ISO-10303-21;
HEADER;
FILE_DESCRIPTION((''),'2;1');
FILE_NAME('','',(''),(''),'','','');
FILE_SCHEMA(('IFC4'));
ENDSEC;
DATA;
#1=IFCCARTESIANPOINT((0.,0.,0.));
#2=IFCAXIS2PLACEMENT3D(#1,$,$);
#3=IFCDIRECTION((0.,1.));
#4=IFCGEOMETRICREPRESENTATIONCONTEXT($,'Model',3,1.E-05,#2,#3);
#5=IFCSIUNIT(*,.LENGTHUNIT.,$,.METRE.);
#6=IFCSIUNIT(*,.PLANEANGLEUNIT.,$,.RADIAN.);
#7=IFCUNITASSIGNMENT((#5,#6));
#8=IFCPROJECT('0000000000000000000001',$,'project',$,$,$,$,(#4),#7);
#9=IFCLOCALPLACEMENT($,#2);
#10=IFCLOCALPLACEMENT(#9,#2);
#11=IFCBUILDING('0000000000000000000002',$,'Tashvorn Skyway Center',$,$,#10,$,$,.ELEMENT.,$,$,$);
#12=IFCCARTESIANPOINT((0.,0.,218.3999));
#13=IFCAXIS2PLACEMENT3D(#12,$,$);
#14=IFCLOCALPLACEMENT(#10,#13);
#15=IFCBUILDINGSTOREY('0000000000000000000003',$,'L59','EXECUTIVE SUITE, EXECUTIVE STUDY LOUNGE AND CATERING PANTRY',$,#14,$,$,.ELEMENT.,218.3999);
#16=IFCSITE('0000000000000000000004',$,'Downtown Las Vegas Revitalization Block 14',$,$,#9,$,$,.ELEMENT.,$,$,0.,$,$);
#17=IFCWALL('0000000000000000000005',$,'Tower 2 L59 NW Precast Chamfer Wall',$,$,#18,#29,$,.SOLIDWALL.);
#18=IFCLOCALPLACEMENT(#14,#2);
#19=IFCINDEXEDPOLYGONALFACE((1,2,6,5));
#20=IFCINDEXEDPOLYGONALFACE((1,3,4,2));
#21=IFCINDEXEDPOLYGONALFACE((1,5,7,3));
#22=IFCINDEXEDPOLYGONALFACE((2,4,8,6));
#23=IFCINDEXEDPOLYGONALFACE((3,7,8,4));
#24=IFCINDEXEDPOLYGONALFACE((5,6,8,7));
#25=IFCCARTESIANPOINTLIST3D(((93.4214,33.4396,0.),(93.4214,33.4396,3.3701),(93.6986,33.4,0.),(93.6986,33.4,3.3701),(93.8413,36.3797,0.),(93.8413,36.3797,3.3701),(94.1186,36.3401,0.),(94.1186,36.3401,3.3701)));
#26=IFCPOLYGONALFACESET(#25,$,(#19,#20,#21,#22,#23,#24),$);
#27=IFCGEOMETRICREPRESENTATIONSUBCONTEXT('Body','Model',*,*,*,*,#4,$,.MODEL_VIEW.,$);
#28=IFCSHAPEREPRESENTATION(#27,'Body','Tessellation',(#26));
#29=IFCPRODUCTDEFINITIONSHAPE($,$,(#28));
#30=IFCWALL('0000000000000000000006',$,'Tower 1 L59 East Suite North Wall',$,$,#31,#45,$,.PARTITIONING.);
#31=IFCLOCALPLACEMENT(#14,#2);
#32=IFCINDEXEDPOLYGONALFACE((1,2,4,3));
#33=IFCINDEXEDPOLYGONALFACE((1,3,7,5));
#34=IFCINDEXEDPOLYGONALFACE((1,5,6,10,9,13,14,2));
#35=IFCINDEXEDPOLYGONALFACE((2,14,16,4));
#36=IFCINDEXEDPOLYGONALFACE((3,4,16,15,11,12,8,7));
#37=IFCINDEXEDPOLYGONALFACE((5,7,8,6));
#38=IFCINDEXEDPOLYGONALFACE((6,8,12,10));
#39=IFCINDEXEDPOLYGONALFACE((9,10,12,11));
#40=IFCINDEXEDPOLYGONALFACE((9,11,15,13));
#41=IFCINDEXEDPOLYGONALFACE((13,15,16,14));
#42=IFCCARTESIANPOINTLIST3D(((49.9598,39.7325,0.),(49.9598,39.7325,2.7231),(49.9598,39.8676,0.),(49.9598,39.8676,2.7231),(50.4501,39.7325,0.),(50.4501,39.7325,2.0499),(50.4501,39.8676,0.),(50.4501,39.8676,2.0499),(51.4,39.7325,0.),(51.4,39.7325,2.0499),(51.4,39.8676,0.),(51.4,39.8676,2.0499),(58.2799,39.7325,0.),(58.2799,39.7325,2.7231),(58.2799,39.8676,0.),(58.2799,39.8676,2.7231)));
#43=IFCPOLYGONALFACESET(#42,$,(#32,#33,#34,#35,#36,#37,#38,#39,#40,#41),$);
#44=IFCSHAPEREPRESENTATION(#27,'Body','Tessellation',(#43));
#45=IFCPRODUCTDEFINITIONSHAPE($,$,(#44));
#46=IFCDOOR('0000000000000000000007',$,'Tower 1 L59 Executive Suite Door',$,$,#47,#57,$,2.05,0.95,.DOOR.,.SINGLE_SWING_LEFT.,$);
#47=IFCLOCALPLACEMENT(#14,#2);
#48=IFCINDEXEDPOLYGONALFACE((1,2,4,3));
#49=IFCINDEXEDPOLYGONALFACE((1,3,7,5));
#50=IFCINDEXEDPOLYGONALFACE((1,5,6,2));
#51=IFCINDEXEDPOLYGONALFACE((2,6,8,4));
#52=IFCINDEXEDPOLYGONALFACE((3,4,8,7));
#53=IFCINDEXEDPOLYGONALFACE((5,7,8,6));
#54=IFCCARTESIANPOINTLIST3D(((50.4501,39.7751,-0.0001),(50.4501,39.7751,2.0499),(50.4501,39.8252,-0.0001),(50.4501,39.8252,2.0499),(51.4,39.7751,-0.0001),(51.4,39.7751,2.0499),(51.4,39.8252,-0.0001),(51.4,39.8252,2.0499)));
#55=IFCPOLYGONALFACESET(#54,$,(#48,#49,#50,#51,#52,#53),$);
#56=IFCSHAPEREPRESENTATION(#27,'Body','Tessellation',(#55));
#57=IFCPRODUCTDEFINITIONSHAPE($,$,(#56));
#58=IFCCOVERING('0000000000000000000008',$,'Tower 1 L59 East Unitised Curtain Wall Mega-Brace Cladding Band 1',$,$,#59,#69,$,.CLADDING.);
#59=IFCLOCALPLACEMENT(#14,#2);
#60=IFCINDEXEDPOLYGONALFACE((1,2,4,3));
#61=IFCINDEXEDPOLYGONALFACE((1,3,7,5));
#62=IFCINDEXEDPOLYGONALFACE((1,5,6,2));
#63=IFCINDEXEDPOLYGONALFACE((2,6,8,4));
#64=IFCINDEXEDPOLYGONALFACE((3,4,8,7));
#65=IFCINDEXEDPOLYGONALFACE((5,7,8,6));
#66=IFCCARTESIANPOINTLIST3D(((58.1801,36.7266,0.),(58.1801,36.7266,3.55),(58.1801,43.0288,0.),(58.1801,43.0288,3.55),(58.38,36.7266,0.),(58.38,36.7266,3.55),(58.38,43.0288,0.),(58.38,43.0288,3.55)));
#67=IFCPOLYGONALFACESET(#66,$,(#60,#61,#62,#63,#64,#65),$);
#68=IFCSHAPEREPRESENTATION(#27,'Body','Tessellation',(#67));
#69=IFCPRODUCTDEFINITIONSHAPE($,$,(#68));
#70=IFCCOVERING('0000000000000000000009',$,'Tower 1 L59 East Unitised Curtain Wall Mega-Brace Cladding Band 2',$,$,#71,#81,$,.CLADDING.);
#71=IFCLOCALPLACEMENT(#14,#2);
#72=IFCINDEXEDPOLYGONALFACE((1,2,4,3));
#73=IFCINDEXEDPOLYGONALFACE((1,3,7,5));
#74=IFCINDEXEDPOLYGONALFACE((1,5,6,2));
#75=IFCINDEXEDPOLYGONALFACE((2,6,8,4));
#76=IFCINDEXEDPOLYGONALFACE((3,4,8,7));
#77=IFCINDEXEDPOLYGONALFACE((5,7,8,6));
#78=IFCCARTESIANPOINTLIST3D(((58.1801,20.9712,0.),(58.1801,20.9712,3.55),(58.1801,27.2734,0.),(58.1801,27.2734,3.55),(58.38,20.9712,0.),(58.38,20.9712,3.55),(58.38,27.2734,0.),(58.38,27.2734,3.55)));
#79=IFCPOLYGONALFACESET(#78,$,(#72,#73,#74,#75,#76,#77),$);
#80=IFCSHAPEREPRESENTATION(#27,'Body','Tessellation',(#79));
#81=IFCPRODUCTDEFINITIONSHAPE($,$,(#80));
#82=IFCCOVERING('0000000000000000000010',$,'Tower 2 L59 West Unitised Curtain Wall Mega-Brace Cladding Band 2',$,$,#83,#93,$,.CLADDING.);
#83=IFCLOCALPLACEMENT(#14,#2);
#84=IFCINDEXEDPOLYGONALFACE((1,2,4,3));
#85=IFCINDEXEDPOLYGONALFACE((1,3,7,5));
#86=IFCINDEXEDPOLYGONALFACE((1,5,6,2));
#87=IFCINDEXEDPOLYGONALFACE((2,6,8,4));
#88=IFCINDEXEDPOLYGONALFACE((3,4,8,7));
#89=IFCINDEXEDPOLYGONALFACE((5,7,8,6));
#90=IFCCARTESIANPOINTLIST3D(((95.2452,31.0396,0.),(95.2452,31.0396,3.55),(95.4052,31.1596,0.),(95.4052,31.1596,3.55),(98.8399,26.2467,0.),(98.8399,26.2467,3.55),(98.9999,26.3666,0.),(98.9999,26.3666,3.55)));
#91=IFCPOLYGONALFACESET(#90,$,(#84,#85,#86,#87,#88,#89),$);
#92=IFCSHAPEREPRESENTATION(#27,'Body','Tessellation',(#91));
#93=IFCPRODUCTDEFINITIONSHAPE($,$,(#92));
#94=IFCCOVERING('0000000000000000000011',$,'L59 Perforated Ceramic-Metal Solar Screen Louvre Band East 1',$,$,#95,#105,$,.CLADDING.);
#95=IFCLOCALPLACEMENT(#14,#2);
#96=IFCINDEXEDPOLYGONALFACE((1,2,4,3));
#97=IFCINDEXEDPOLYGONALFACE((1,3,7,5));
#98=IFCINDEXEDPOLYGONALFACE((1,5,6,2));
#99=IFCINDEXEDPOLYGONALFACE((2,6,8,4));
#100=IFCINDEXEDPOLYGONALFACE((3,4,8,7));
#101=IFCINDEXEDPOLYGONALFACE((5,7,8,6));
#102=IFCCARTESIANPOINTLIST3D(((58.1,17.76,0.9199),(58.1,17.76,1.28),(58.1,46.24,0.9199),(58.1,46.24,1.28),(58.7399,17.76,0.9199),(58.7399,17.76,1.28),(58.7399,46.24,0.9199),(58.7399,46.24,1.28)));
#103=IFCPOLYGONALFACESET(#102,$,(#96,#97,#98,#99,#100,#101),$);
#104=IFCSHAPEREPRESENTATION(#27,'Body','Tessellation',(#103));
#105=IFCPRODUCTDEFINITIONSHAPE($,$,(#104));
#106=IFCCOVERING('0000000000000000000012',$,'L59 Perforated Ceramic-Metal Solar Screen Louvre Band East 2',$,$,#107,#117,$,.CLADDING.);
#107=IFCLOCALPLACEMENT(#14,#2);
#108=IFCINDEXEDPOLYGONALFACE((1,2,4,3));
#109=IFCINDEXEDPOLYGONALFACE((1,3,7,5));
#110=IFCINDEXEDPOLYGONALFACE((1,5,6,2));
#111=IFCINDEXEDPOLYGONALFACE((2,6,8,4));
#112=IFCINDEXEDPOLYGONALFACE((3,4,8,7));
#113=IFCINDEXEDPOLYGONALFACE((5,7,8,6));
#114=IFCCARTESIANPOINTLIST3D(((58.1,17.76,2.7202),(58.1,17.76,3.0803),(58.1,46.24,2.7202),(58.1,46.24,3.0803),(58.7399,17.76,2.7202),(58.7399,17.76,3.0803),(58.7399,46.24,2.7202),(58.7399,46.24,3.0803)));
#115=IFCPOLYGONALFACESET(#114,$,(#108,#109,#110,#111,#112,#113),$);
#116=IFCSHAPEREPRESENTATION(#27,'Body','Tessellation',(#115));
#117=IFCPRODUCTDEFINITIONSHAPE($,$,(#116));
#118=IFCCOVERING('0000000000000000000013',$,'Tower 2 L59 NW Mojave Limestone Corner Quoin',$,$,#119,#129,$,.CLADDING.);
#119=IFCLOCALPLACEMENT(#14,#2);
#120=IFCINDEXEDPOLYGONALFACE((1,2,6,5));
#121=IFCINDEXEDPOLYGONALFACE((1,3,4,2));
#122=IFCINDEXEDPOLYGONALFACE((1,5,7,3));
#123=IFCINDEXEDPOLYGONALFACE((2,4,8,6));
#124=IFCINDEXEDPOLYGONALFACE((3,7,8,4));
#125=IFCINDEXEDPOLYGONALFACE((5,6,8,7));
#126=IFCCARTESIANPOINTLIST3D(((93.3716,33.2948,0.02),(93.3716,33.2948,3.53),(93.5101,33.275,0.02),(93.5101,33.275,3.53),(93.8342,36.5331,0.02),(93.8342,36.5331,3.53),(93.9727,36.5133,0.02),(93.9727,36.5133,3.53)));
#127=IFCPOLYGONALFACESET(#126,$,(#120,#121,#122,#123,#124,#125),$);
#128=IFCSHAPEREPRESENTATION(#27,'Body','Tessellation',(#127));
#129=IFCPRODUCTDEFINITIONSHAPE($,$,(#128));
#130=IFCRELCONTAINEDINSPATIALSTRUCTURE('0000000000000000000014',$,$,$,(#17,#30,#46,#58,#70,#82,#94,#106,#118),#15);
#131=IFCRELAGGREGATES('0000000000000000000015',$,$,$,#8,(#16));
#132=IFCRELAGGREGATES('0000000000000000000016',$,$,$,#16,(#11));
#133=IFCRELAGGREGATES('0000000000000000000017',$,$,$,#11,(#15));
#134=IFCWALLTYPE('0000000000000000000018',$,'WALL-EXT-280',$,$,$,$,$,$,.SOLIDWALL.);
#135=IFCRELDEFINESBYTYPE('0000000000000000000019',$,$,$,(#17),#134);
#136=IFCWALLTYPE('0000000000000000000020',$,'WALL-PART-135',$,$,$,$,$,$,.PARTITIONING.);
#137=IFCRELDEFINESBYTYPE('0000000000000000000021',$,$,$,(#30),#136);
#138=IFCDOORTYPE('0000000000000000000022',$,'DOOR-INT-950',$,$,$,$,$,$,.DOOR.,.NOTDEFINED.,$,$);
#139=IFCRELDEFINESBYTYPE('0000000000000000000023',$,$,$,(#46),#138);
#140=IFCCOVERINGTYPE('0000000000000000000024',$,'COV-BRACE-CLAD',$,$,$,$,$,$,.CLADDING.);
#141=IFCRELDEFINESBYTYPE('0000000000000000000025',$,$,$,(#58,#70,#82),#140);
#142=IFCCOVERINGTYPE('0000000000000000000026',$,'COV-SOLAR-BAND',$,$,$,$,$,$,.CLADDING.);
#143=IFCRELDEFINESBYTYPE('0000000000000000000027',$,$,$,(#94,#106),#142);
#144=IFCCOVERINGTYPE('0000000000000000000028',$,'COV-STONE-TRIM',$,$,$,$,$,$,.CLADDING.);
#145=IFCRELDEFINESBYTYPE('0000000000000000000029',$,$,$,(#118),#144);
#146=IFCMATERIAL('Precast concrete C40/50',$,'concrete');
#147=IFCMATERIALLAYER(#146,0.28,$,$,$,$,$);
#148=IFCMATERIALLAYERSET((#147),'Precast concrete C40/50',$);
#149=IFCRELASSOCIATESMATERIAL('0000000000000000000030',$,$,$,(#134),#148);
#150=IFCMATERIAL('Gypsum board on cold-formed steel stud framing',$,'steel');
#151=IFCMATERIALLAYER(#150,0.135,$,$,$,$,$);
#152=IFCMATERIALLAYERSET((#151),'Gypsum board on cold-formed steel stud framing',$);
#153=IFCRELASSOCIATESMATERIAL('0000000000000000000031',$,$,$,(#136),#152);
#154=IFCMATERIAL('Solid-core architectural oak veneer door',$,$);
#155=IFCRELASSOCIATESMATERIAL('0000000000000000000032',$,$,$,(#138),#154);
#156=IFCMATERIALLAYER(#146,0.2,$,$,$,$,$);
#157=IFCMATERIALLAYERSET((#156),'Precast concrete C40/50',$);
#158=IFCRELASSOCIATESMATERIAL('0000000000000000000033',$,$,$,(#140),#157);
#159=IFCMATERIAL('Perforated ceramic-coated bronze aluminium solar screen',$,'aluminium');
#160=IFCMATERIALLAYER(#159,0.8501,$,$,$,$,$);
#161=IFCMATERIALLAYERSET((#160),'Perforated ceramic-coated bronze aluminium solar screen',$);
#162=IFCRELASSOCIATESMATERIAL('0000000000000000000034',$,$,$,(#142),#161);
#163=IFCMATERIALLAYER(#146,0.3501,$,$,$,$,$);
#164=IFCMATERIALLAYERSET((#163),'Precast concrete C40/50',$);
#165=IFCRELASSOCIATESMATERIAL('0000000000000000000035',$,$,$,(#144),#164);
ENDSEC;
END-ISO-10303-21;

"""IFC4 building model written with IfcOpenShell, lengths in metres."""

from ifc_helpers import new_model, si_unit, direction, frame, frame_2d, origin, origin_2d, place, context, subcontext, project, spatial, rectangle, extrude, material, layer, layer_set, type_object, element, fill, save


model = new_model("IFC4")

# Units and contexts
model_context = context("Model", 3, precision=1e-05, world=origin(), true_north=direction((0.0, 1.0)))
body_context = subcontext(model_context, "Body", "Model", "MODEL_VIEW")
ifc_project = project(units=[si_unit("LENGTHUNIT", "METRE"), si_unit("PLANEANGLEUNIT", "RADIAN")], contexts=[model_context])

# Site, building, storey
site_placement = place(None, origin())
site = spatial("IfcSite", under=ifc_project, at=site_placement, Name="Downtown Las Vegas Revitalization Block 14", CompositionType="ELEMENT", RefElevation=0.0)
building_placement = place(site_placement, origin())
building = spatial("IfcBuilding", under=site, at=building_placement, Name="Tashvorn Skyway Center", CompositionType="ELEMENT")
storey_placement = place(building_placement, frame((0.0, 0.0, 218.3999)))
storey = spatial("IfcBuildingStorey", under=building, at=storey_placement, Name="L59", Description="EXECUTIVE SUITE, EXECUTIVE STUDY LOUNGE AND CATERING PANTRY", CompositionType="ELEMENT", Elevation=218.3999)

# Wall
ifc_material_1 = material(Name="Precast concrete C40/50", Category="concrete")
ifc_layer_1 = layer(ifc_material_1, 0.28)
ifc_layer_set_1 = layer_set([ifc_layer_1], Name="Precast concrete C40/50")
wall_type_1 = type_object("IfcWallType", Name="WALL-EXT-280", PredefinedType="SOLIDWALL", material=ifc_layer_set_1)
wall_1_placement = place(storey_placement, frame((93.5601, 33.4199, 0.0), z_axis=(0.0, 0.0, 1.0), x_axis=(0.141387, 0.989954, 0.0)))
element("IfcWall", 1, at=wall_1_placement, inside=storey, type_object=wall_type_1, Name="Tower 2 L59 NW Precast Chamfer Wall", PredefinedType="SOLIDWALL", context=body_context, shape_type="SweptSolid", body=[
    extrude(rectangle(XDim=2.97, YDim=0.28, at=frame_2d((1.4849, 0.0))), origin(), (0.0, 0.0, 1.0), 3.3701),
])

# Wall, opening, door
ifc_material_2 = material(Name="Gypsum board on cold-formed steel stud framing", Category="steel")
ifc_layer_2 = layer(ifc_material_2, 0.135)
ifc_layer_set_2 = layer_set([ifc_layer_2], Name="Gypsum board on cold-formed steel stud framing")
wall_type_2 = type_object("IfcWallType", Name="WALL-PART-135", PredefinedType="PARTITIONING", material=ifc_layer_set_2)
wall_2_placement = place(storey_placement, frame((58.28, 39.8, 0.0), z_axis=(0.0, 0.0, 1.0), x_axis=(-1.0, 0.0, 0.0)))
wall_2 = element("IfcWall", 2, at=wall_2_placement, inside=storey, type_object=wall_type_2, Name="Tower 1 L59 East Suite North Wall", PredefinedType="PARTITIONING", context=body_context, shape_type="SweptSolid", body=[
    extrude(rectangle(XDim=8.3201, YDim=0.135, at=frame_2d((4.1602, 0.0))), origin(), (0.0, 0.0, 1.0), 2.7231),
])
opening_placement = place(wall_2_placement, frame((6.8799, 0.0, 0.0)))
opening = element("IfcOpeningElement", 3, at=opening_placement, cuts=wall_2, PredefinedType="OPENING", context=body_context, shape_type="SweptSolid", body=[
    extrude(rectangle(XDim=0.95, YDim=2.05, at=frame_2d((0.4751, 1.0249))), frame((0.0, 0.0774, 0.0), z_axis=(0.0, -1.0, 0.0), x_axis=(1.0, 0.0, 0.0)), (0.0, 0.0, 1.0), 0.155),
])
ifc_material_3 = material(Name="Solid-core architectural oak veneer door")
door_type = type_object("IfcDoorType", Name="DOOR-INT-950", OperationType="NOTDEFINED", PredefinedType="DOOR", material=ifc_material_3)
door_placement = place(opening_placement, origin())
door = element("IfcDoor", 4, at=door_placement, inside=storey, type_object=door_type, Name="Tower 1 L59 Executive Suite Door", OperationType="SINGLE_SWING_LEFT", OverallHeight=2.05, OverallWidth=0.95, PredefinedType="DOOR", context=body_context, shape_type="SweptSolid", body=[
    extrude(rectangle(XDim=0.95, YDim=2.05, at=frame_2d((0.4751, 1.0249))), frame((0.0, 0.0249, 0.0), z_axis=(0.0, -1.0, 0.0), x_axis=(1.0, 0.0, 0.0)), (0.0, 0.0, 1.0), 0.05),
])
fill(opening, door)

# Coverings
ifc_layer_3 = layer(ifc_material_1, 0.2)
ifc_layer_set_3 = layer_set([ifc_layer_3], Name="Precast concrete C40/50")
covering_type_1 = type_object("IfcCoveringType", Name="COV-BRACE-CLAD", PredefinedType="CLADDING", material=ifc_layer_set_3)
for number, where, z_axis, x_axis, name in (
    (5, (58.28, 39.8777, 0.0), (0.0, 0.0, 1.0), (0.0, -1.0, 0.0), "Tower 1 L59 East Unitised Curtain Wall Mega-Brace Cladding Band 1"),
    (6, (58.28, 24.1223, 0.0), (0.0, 0.0, 1.0), (0.0, -1.0, 0.0), "Tower 1 L59 East Unitised Curtain Wall Mega-Brace Cladding Band 2"),
):
    element("IfcCovering", number, at=place(storey_placement, frame(where, z_axis=z_axis, x_axis=x_axis)), inside=storey, type_object=covering_type_1, Name=name, PredefinedType="CLADDING", context=body_context, shape_type="SweptSolid", body=[
        extrude(rectangle(XDim=6.3022, YDim=0.2, at=origin_2d()), origin(), (0.0, 0.0, 1.0), 3.55),
    ])
covering_1_placement = place(storey_placement, frame((97.1226, 28.7031, 0.0), z_axis=(0.0, 0.0, 1.0), x_axis=(-0.6, 0.8, 0.0)))
element("IfcCovering", 7, at=covering_1_placement, inside=storey, type_object=covering_type_1, Name="Tower 2 L59 West Unitised Curtain Wall Mega-Brace Cladding Band 2", PredefinedType="CLADDING", context=body_context, shape_type="SweptSolid", body=[
    extrude(rectangle(XDim=5.9912, YDim=0.2, at=origin_2d()), origin(), (0.0, 0.0, 1.0), 3.55),
])
ifc_material_4 = material(Name="Perforated ceramic-coated bronze aluminium solar screen", Category="aluminium")
ifc_layer_4 = layer(ifc_material_4, 0.8501)
ifc_layer_set_4 = layer_set([ifc_layer_4], Name="Perforated ceramic-coated bronze aluminium solar screen")
covering_type_2 = type_object("IfcCoveringType", Name="COV-SOLAR-BAND", PredefinedType="CLADDING", material=ifc_layer_set_4)
for number, where, z_axis, x_axis, name in (
    (8, (58.4199, 32.0, 0.9199), (0.0, 0.0, 1.0), (0.0, -1.0, 0.0), "L59 Perforated Ceramic-Metal Solar Screen Louvre Band East 1"),
    (9, (58.4199, 32.0, 2.7202), (0.0, 0.0, 1.0), (0.0, -1.0, 0.0), "L59 Perforated Ceramic-Metal Solar Screen Louvre Band East 2"),
):
    element("IfcCovering", number, at=place(storey_placement, frame(where, z_axis=z_axis, x_axis=x_axis)), inside=storey, type_object=covering_type_2, Name=name, PredefinedType="CLADDING", context=body_context, shape_type="SweptSolid", body=[
        extrude(rectangle(XDim=28.48, YDim=0.6399, at=origin_2d()), origin(), (0.0, 0.0, 1.0), 0.3601),
    ])
ifc_layer_5 = layer(ifc_material_1, 0.3501)
ifc_layer_set_5 = layer_set([ifc_layer_5], Name="Precast concrete C40/50")
covering_type_3 = type_object("IfcCoveringType", Name="COV-STONE-TRIM", PredefinedType="CLADDING", material=ifc_layer_set_5)
covering_2_placement = place(storey_placement, frame((93.6721, 34.9041, 0.02), z_axis=(0.0, 0.0, 1.0), x_axis=(-0.141421, -0.989949, 0.0)))
element("IfcCovering", 10, at=covering_2_placement, inside=storey, type_object=covering_type_3, Name="Tower 2 L59 NW Mojave Limestone Corner Quoin", PredefinedType="CLADDING", context=body_context, shape_type="SweptSolid", body=[
    extrude(rectangle(XDim=3.2712, YDim=0.1399, at=origin_2d()), origin(), (0.0, 0.0, 1.0), 3.51),
])

save(model, "model.ifc")
